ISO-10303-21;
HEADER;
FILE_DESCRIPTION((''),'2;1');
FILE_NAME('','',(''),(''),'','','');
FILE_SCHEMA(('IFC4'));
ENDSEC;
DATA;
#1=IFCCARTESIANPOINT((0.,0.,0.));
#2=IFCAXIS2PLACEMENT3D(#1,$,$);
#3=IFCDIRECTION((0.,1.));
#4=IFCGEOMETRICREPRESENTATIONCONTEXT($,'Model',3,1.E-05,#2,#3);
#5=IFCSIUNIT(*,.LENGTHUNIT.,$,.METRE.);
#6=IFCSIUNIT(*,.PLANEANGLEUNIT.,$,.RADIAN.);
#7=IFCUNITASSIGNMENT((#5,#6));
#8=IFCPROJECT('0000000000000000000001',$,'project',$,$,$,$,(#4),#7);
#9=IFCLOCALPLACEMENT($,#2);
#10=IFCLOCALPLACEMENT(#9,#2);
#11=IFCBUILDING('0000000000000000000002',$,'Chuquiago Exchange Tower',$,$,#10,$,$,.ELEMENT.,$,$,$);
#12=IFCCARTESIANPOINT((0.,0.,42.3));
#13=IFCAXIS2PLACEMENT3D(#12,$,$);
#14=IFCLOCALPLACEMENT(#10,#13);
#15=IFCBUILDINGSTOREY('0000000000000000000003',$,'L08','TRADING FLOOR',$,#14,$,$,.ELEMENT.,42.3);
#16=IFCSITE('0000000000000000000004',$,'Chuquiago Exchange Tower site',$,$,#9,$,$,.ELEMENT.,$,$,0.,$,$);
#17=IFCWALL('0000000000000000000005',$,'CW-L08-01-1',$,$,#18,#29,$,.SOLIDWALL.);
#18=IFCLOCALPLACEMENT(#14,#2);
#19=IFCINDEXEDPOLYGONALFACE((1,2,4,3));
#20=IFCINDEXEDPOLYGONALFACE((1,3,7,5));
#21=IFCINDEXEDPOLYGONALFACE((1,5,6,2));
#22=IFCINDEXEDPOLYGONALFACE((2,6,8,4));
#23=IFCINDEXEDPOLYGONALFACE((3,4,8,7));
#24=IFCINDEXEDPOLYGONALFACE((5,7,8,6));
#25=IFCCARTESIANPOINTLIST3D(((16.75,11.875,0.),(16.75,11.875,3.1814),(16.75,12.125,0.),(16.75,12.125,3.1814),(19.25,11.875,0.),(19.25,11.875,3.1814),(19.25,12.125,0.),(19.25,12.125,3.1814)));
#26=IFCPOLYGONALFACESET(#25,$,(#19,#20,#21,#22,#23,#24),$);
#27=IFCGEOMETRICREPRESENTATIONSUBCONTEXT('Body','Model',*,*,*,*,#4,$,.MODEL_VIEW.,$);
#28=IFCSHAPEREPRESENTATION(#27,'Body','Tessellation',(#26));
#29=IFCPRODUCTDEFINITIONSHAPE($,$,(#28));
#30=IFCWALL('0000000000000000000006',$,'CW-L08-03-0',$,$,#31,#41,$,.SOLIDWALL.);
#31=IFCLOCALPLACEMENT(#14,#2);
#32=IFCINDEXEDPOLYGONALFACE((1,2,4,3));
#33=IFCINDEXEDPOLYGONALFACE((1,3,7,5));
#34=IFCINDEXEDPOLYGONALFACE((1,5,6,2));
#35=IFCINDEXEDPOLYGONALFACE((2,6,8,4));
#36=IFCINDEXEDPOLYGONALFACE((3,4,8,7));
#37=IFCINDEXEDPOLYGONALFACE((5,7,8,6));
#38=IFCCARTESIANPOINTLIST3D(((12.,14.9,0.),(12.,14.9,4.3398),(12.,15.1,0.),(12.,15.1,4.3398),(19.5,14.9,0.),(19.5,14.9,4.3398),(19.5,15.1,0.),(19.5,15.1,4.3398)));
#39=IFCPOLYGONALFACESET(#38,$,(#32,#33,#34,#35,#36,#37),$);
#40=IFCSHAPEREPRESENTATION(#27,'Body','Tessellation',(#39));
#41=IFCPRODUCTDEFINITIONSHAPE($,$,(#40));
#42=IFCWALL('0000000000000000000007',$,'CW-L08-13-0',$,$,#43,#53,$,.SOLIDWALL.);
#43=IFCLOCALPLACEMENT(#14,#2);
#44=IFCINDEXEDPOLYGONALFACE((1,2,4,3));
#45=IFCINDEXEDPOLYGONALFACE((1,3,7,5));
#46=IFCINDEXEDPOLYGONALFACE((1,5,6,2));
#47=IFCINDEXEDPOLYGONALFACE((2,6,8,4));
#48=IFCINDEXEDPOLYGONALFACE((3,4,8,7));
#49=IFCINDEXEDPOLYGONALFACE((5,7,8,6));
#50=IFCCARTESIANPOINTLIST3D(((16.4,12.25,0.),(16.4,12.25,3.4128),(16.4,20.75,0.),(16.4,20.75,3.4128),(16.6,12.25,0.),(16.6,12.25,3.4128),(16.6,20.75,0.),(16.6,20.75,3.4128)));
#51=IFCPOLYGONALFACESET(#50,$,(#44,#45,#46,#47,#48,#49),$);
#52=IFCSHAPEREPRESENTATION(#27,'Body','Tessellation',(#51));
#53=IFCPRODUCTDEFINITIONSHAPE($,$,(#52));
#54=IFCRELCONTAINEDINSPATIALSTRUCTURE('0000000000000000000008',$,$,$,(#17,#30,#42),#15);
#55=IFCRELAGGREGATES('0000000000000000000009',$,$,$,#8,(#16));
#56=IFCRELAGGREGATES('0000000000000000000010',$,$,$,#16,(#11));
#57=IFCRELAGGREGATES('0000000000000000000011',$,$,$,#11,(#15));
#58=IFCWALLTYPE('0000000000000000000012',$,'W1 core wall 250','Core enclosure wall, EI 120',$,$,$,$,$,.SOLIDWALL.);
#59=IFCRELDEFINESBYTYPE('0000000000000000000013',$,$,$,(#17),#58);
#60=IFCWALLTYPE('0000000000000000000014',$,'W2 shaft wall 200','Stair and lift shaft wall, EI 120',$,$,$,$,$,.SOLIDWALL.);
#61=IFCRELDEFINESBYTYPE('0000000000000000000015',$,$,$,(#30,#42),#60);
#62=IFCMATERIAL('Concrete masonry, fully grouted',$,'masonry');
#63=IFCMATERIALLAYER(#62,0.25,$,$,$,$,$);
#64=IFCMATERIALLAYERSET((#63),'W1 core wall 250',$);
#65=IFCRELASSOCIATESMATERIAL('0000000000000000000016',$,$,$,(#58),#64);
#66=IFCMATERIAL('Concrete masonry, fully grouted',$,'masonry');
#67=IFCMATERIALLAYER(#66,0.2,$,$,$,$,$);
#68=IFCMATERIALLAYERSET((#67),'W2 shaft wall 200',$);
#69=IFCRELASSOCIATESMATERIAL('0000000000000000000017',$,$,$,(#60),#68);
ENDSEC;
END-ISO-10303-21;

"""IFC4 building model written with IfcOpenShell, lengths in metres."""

from ifc_helpers import new_model, si_unit, direction, frame, frame_2d, origin, place, context, subcontext, project, spatial, rectangle, extrude, material, layer, layer_set, type_object, element, save


model = new_model("IFC4")

# Units and contexts
model_context = context("Model", 3, precision=1e-05, world=origin(), true_north=direction((0.0, 1.0)))
body_context = subcontext(model_context, "Body", "Model", "MODEL_VIEW")
ifc_project = project(units=[si_unit("LENGTHUNIT", "METRE"), si_unit("PLANEANGLEUNIT", "RADIAN")], contexts=[model_context])

# Site, building, storey
site_placement = place(None, origin())
site = spatial("IfcSite", under=ifc_project, at=site_placement, Name="Chuquiago Exchange Tower site", CompositionType="ELEMENT", RefElevation=0.0)
building_placement = place(site_placement, origin())
building = spatial("IfcBuilding", under=site, at=building_placement, Name="Chuquiago Exchange Tower", CompositionType="ELEMENT")
storey_placement = place(building_placement, frame((0.0, 0.0, 42.3)))
storey = spatial("IfcBuildingStorey", under=building, at=storey_placement, Name="L08", Description="TRADING FLOOR", CompositionType="ELEMENT", Elevation=42.3)

# Shared definitions
ifc_material_1 = material(Name="Concrete masonry, fully grouted", Category="masonry")
ifc_layer_1 = layer(ifc_material_1, 0.25)
ifc_layer_set_1 = layer_set([ifc_layer_1], Name="W1 core wall 250")
wall_type_1 = type_object("IfcWallType", Name="W1 core wall 250", Description="Core enclosure wall, EI 120", PredefinedType="SOLIDWALL", material=ifc_layer_set_1)

# Walls
wall_1_placement = place(storey_placement, frame((16.75, 12.0, 0.0), z_axis=(0.0, 0.0, 1.0), x_axis=(1.0, 0.0, 0.0)))
element("IfcWall", 1, at=wall_1_placement, inside=storey, type_object=wall_type_1, Name="CW-L08-01-1", PredefinedType="SOLIDWALL", context=body_context, shape_type="SweptSolid", body=[
    extrude(rectangle(XDim=2.5, YDim=0.25, at=frame_2d((1.25, 0.0))), origin(), (0.0, 0.0, 1.0), 3.1814),
])
ifc_material_2 = material(Name="Concrete masonry, fully grouted", Category="masonry")
ifc_layer_2 = layer(ifc_material_2, 0.2)
ifc_layer_set_2 = layer_set([ifc_layer_2], Name="W2 shaft wall 200")
wall_type_2 = type_object("IfcWallType", Name="W2 shaft wall 200", Description="Stair and lift shaft wall, EI 120", PredefinedType="SOLIDWALL", material=ifc_layer_set_2)
wall_2_placement = place(storey_placement, frame((12.0, 15.0, 0.0), z_axis=(0.0, 0.0, 1.0), x_axis=(1.0, 0.0, 0.0)))
element("IfcWall", 2, at=wall_2_placement, inside=storey, type_object=wall_type_2, Name="CW-L08-03-0", PredefinedType="SOLIDWALL", context=body_context, shape_type="SweptSolid", body=[
    extrude(rectangle(XDim=7.5, YDim=0.2, at=frame_2d((3.75, 0.0))), origin(), (0.0, 0.0, 1.0), 4.3398),
])
wall_3_placement = place(storey_placement, frame((16.5, 12.25, 0.0), z_axis=(0.0, 0.0, 1.0), x_axis=(0.0, 1.0, 0.0)))
element("IfcWall", 3, at=wall_3_placement, inside=storey, type_object=wall_type_2, Name="CW-L08-13-0", PredefinedType="SOLIDWALL", context=body_context, shape_type="SweptSolid", body=[
    extrude(rectangle(XDim=8.5, YDim=0.2, at=frame_2d((4.25, 0.0))), origin(), (0.0, 0.0, 1.0), 3.4128),
])

save(model, "model.ifc")
